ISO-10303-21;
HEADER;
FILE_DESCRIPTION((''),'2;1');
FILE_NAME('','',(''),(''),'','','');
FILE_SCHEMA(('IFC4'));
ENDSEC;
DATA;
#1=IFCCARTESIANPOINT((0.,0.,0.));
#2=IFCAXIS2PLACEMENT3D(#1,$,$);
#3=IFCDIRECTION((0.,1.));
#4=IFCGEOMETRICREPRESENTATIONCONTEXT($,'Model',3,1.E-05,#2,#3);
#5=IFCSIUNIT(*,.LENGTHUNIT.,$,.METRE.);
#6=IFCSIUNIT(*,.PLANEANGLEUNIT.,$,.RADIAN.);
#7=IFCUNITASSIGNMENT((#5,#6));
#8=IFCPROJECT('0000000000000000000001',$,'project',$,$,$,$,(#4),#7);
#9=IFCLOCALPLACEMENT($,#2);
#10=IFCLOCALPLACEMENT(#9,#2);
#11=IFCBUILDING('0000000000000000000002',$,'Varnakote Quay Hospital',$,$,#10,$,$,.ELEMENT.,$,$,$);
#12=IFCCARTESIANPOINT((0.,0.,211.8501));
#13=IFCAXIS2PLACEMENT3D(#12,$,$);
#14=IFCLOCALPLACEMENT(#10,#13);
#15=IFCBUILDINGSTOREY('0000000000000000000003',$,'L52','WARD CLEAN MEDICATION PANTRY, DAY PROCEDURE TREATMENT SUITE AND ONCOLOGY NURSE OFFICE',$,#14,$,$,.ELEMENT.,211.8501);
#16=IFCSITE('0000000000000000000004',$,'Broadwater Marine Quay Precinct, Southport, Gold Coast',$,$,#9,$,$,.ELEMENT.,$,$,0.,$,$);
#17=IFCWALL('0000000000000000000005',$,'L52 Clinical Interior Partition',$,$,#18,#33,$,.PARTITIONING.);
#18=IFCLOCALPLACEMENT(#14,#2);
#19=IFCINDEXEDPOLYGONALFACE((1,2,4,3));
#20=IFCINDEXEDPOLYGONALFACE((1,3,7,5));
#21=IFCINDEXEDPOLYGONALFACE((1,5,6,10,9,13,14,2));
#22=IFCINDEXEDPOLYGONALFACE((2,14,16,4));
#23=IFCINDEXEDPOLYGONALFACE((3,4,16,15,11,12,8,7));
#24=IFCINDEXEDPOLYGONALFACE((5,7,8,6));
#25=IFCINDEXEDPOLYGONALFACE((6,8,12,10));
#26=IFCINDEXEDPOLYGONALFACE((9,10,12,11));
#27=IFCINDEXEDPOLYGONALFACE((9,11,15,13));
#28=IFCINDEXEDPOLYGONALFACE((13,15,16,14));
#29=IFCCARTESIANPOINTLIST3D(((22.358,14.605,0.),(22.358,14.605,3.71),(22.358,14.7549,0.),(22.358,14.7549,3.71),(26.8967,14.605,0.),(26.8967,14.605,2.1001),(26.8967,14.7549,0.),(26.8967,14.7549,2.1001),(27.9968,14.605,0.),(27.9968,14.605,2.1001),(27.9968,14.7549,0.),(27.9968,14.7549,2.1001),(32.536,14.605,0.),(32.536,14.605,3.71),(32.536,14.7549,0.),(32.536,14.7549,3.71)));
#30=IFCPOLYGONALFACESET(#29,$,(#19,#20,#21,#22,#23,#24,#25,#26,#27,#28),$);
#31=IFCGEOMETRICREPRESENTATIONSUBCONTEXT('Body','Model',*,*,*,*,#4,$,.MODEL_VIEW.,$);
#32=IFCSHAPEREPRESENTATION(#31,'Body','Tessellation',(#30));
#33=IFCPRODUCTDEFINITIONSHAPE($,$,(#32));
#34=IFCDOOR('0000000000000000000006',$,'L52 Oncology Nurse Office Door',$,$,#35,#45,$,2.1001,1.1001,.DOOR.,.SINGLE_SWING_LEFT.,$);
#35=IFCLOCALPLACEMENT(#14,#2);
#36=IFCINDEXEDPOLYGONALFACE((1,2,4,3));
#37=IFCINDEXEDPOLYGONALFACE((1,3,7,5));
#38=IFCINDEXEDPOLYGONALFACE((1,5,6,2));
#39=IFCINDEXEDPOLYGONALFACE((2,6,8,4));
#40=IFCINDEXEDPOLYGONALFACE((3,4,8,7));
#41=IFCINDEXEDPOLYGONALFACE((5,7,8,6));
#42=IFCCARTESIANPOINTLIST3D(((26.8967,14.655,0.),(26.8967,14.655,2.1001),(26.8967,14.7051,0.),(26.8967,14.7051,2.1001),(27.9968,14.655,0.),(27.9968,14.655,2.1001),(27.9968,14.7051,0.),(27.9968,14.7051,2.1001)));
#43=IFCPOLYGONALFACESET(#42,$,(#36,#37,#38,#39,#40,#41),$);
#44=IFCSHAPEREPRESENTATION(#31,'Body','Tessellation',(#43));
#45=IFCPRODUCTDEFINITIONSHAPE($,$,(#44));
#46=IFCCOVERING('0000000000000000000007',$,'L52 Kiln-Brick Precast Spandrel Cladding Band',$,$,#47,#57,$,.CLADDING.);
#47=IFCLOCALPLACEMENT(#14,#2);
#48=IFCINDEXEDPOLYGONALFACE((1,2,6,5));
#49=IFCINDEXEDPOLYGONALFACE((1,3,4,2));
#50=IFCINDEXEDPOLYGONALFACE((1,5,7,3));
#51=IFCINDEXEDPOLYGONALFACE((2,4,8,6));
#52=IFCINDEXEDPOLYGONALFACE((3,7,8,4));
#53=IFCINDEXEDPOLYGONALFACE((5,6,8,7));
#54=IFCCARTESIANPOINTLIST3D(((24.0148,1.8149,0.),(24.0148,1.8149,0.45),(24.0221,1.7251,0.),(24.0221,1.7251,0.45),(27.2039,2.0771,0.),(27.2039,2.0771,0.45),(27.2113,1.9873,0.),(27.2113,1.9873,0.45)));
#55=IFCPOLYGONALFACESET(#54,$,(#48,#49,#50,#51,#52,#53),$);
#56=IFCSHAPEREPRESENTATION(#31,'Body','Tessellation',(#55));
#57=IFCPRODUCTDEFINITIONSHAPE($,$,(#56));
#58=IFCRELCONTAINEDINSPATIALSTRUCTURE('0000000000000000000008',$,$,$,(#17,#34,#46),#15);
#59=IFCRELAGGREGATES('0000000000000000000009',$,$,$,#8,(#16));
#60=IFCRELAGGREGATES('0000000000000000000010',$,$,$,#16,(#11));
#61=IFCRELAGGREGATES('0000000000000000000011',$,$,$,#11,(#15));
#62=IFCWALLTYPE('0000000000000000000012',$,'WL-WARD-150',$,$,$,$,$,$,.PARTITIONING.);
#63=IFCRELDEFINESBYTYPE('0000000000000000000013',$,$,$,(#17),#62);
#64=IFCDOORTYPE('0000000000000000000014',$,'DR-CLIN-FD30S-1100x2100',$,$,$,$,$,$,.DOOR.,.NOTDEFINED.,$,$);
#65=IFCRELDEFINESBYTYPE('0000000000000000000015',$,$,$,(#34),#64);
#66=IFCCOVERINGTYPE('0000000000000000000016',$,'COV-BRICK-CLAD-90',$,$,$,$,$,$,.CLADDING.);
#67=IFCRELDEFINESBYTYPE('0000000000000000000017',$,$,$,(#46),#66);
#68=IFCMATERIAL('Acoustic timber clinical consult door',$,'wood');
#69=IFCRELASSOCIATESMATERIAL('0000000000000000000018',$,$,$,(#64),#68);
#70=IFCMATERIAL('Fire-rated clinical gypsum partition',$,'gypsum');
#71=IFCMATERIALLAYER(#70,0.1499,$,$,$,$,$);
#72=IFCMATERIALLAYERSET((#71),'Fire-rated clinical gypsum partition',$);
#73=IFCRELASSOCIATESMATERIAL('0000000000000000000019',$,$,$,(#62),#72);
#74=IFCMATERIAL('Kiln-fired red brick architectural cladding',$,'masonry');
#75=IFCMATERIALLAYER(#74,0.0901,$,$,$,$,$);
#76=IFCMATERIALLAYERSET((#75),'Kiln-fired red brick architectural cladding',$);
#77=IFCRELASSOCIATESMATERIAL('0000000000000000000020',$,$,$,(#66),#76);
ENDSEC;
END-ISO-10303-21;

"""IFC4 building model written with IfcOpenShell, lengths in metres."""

from ifc_helpers import new_model, si_unit, direction, frame, frame_2d, origin, origin_2d, place, context, subcontext, project, spatial, rectangle, extrude, material, layer, layer_set, type_object, element, fill, save


model = new_model("IFC4")

# Units and contexts
model_context = context("Model", 3, precision=1e-05, world=origin(), true_north=direction((0.0, 1.0)))
body_context = subcontext(model_context, "Body", "Model", "MODEL_VIEW")
ifc_project = project(units=[si_unit("LENGTHUNIT", "METRE"), si_unit("PLANEANGLEUNIT", "RADIAN")], contexts=[model_context])

# Site, building, storey
site_placement = place(None, origin())
site = spatial("IfcSite", under=ifc_project, at=site_placement, Name="Broadwater Marine Quay Precinct, Southport, Gold Coast", CompositionType="ELEMENT", RefElevation=0.0)
building_placement = place(site_placement, origin())
building = spatial("IfcBuilding", under=site, at=building_placement, Name="Varnakote Quay Hospital", CompositionType="ELEMENT")
storey_placement = place(building_placement, frame((0.0, 0.0, 211.8501)))
storey = spatial("IfcBuildingStorey", under=building, at=storey_placement, Name="L52", Description="WARD CLEAN MEDICATION PANTRY, DAY PROCEDURE TREATMENT SUITE AND ONCOLOGY NURSE OFFICE", CompositionType="ELEMENT", Elevation=211.8501)

# Shared definitions
ifc_material_1 = material(Name="Acoustic timber clinical consult door", Category="wood")
door_type = type_object("IfcDoorType", Name="DR-CLIN-FD30S-1100x2100", OperationType="NOTDEFINED", PredefinedType="DOOR", material=ifc_material_1)

# Wall, opening, door
ifc_material_2 = material(Name="Fire-rated clinical gypsum partition", Category="gypsum")
ifc_layer_1 = layer(ifc_material_2, 0.1499)
ifc_layer_set_1 = layer_set([ifc_layer_1], Name="Fire-rated clinical gypsum partition")
wall_type_1 = type_object("IfcWallType", Name="WL-WARD-150", PredefinedType="PARTITIONING", material=ifc_layer_set_1)
wall_1_placement = place(storey_placement, frame((32.5359, 14.6799, 0.0), z_axis=(0.0, 0.0, 1.0), x_axis=(-1.0, 0.0, 0.0)))
wall_1 = element("IfcWall", 1, at=wall_1_placement, inside=storey, type_object=wall_type_1, Name="L52 Clinical Interior Partition", PredefinedType="PARTITIONING", context=body_context, shape_type="SweptSolid", body=[
    extrude(rectangle(XDim=10.178, YDim=0.1499, at=frame_2d((5.0889, 0.0))), origin(), (0.0, 0.0, 1.0), 3.71),
])
opening_1_placement = place(wall_1_placement, frame((4.5391, 0.0, 0.0)))
opening_1 = element("IfcOpeningElement", 2, at=opening_1_placement, cuts=wall_1, PredefinedType="OPENING", context=body_context, shape_type="SweptSolid", body=[
    extrude(rectangle(XDim=1.1001, YDim=2.1001, at=frame_2d((0.55, 1.05))), frame((0.0, 0.085, 0.0), z_axis=(0.0, -1.0, 0.0), x_axis=(1.0, 0.0, 0.0)), (0.0, 0.0, 1.0), 0.1699),
])
door_1_placement = place(opening_1_placement, origin())
door_1 = element("IfcDoor", 3, at=door_1_placement, inside=storey, type_object=door_type, Name="L52 Oncology Nurse Office Door", OperationType="SINGLE_SWING_LEFT", OverallHeight=2.1001, OverallWidth=1.1001, PredefinedType="DOOR", context=body_context, shape_type="SweptSolid", body=[
    extrude(rectangle(XDim=1.1001, YDim=2.1001, at=frame_2d((0.55, 1.05))), frame((0.0, 0.0249, 0.0), z_axis=(0.0, -1.0, 0.0), x_axis=(1.0, 0.0, 0.0)), (0.0, 0.0, 1.0), 0.05),
])
fill(opening_1, door_1)

# Covering
ifc_material_3 = material(Name="Kiln-fired red brick architectural cladding", Category="masonry")
ifc_layer_2 = layer(ifc_material_3, 0.0901)
ifc_layer_set_2 = layer_set([ifc_layer_2], Name="Kiln-fired red brick architectural cladding")
covering_type = type_object("IfcCoveringType", Name="COV-BRICK-CLAD-90", PredefinedType="CLADDING", material=ifc_layer_set_2)
covering_placement = place(storey_placement, frame((25.613, 1.9011, 0.0), z_axis=(0.0, 0.0, 1.0), x_axis=(0.996637, 0.081939, 0.0)))
element("IfcCovering", 4, at=covering_placement, inside=storey, type_object=covering_type, Name="L52 Kiln-Brick Precast Spandrel Cladding Band", PredefinedType="CLADDING", context=body_context, shape_type="SweptSolid", body=[
    extrude(rectangle(XDim=3.2, YDim=0.0901, at=origin_2d()), origin(), (0.0, 0.0, 1.0), 0.45),
])

save(model, "model.ifc")
